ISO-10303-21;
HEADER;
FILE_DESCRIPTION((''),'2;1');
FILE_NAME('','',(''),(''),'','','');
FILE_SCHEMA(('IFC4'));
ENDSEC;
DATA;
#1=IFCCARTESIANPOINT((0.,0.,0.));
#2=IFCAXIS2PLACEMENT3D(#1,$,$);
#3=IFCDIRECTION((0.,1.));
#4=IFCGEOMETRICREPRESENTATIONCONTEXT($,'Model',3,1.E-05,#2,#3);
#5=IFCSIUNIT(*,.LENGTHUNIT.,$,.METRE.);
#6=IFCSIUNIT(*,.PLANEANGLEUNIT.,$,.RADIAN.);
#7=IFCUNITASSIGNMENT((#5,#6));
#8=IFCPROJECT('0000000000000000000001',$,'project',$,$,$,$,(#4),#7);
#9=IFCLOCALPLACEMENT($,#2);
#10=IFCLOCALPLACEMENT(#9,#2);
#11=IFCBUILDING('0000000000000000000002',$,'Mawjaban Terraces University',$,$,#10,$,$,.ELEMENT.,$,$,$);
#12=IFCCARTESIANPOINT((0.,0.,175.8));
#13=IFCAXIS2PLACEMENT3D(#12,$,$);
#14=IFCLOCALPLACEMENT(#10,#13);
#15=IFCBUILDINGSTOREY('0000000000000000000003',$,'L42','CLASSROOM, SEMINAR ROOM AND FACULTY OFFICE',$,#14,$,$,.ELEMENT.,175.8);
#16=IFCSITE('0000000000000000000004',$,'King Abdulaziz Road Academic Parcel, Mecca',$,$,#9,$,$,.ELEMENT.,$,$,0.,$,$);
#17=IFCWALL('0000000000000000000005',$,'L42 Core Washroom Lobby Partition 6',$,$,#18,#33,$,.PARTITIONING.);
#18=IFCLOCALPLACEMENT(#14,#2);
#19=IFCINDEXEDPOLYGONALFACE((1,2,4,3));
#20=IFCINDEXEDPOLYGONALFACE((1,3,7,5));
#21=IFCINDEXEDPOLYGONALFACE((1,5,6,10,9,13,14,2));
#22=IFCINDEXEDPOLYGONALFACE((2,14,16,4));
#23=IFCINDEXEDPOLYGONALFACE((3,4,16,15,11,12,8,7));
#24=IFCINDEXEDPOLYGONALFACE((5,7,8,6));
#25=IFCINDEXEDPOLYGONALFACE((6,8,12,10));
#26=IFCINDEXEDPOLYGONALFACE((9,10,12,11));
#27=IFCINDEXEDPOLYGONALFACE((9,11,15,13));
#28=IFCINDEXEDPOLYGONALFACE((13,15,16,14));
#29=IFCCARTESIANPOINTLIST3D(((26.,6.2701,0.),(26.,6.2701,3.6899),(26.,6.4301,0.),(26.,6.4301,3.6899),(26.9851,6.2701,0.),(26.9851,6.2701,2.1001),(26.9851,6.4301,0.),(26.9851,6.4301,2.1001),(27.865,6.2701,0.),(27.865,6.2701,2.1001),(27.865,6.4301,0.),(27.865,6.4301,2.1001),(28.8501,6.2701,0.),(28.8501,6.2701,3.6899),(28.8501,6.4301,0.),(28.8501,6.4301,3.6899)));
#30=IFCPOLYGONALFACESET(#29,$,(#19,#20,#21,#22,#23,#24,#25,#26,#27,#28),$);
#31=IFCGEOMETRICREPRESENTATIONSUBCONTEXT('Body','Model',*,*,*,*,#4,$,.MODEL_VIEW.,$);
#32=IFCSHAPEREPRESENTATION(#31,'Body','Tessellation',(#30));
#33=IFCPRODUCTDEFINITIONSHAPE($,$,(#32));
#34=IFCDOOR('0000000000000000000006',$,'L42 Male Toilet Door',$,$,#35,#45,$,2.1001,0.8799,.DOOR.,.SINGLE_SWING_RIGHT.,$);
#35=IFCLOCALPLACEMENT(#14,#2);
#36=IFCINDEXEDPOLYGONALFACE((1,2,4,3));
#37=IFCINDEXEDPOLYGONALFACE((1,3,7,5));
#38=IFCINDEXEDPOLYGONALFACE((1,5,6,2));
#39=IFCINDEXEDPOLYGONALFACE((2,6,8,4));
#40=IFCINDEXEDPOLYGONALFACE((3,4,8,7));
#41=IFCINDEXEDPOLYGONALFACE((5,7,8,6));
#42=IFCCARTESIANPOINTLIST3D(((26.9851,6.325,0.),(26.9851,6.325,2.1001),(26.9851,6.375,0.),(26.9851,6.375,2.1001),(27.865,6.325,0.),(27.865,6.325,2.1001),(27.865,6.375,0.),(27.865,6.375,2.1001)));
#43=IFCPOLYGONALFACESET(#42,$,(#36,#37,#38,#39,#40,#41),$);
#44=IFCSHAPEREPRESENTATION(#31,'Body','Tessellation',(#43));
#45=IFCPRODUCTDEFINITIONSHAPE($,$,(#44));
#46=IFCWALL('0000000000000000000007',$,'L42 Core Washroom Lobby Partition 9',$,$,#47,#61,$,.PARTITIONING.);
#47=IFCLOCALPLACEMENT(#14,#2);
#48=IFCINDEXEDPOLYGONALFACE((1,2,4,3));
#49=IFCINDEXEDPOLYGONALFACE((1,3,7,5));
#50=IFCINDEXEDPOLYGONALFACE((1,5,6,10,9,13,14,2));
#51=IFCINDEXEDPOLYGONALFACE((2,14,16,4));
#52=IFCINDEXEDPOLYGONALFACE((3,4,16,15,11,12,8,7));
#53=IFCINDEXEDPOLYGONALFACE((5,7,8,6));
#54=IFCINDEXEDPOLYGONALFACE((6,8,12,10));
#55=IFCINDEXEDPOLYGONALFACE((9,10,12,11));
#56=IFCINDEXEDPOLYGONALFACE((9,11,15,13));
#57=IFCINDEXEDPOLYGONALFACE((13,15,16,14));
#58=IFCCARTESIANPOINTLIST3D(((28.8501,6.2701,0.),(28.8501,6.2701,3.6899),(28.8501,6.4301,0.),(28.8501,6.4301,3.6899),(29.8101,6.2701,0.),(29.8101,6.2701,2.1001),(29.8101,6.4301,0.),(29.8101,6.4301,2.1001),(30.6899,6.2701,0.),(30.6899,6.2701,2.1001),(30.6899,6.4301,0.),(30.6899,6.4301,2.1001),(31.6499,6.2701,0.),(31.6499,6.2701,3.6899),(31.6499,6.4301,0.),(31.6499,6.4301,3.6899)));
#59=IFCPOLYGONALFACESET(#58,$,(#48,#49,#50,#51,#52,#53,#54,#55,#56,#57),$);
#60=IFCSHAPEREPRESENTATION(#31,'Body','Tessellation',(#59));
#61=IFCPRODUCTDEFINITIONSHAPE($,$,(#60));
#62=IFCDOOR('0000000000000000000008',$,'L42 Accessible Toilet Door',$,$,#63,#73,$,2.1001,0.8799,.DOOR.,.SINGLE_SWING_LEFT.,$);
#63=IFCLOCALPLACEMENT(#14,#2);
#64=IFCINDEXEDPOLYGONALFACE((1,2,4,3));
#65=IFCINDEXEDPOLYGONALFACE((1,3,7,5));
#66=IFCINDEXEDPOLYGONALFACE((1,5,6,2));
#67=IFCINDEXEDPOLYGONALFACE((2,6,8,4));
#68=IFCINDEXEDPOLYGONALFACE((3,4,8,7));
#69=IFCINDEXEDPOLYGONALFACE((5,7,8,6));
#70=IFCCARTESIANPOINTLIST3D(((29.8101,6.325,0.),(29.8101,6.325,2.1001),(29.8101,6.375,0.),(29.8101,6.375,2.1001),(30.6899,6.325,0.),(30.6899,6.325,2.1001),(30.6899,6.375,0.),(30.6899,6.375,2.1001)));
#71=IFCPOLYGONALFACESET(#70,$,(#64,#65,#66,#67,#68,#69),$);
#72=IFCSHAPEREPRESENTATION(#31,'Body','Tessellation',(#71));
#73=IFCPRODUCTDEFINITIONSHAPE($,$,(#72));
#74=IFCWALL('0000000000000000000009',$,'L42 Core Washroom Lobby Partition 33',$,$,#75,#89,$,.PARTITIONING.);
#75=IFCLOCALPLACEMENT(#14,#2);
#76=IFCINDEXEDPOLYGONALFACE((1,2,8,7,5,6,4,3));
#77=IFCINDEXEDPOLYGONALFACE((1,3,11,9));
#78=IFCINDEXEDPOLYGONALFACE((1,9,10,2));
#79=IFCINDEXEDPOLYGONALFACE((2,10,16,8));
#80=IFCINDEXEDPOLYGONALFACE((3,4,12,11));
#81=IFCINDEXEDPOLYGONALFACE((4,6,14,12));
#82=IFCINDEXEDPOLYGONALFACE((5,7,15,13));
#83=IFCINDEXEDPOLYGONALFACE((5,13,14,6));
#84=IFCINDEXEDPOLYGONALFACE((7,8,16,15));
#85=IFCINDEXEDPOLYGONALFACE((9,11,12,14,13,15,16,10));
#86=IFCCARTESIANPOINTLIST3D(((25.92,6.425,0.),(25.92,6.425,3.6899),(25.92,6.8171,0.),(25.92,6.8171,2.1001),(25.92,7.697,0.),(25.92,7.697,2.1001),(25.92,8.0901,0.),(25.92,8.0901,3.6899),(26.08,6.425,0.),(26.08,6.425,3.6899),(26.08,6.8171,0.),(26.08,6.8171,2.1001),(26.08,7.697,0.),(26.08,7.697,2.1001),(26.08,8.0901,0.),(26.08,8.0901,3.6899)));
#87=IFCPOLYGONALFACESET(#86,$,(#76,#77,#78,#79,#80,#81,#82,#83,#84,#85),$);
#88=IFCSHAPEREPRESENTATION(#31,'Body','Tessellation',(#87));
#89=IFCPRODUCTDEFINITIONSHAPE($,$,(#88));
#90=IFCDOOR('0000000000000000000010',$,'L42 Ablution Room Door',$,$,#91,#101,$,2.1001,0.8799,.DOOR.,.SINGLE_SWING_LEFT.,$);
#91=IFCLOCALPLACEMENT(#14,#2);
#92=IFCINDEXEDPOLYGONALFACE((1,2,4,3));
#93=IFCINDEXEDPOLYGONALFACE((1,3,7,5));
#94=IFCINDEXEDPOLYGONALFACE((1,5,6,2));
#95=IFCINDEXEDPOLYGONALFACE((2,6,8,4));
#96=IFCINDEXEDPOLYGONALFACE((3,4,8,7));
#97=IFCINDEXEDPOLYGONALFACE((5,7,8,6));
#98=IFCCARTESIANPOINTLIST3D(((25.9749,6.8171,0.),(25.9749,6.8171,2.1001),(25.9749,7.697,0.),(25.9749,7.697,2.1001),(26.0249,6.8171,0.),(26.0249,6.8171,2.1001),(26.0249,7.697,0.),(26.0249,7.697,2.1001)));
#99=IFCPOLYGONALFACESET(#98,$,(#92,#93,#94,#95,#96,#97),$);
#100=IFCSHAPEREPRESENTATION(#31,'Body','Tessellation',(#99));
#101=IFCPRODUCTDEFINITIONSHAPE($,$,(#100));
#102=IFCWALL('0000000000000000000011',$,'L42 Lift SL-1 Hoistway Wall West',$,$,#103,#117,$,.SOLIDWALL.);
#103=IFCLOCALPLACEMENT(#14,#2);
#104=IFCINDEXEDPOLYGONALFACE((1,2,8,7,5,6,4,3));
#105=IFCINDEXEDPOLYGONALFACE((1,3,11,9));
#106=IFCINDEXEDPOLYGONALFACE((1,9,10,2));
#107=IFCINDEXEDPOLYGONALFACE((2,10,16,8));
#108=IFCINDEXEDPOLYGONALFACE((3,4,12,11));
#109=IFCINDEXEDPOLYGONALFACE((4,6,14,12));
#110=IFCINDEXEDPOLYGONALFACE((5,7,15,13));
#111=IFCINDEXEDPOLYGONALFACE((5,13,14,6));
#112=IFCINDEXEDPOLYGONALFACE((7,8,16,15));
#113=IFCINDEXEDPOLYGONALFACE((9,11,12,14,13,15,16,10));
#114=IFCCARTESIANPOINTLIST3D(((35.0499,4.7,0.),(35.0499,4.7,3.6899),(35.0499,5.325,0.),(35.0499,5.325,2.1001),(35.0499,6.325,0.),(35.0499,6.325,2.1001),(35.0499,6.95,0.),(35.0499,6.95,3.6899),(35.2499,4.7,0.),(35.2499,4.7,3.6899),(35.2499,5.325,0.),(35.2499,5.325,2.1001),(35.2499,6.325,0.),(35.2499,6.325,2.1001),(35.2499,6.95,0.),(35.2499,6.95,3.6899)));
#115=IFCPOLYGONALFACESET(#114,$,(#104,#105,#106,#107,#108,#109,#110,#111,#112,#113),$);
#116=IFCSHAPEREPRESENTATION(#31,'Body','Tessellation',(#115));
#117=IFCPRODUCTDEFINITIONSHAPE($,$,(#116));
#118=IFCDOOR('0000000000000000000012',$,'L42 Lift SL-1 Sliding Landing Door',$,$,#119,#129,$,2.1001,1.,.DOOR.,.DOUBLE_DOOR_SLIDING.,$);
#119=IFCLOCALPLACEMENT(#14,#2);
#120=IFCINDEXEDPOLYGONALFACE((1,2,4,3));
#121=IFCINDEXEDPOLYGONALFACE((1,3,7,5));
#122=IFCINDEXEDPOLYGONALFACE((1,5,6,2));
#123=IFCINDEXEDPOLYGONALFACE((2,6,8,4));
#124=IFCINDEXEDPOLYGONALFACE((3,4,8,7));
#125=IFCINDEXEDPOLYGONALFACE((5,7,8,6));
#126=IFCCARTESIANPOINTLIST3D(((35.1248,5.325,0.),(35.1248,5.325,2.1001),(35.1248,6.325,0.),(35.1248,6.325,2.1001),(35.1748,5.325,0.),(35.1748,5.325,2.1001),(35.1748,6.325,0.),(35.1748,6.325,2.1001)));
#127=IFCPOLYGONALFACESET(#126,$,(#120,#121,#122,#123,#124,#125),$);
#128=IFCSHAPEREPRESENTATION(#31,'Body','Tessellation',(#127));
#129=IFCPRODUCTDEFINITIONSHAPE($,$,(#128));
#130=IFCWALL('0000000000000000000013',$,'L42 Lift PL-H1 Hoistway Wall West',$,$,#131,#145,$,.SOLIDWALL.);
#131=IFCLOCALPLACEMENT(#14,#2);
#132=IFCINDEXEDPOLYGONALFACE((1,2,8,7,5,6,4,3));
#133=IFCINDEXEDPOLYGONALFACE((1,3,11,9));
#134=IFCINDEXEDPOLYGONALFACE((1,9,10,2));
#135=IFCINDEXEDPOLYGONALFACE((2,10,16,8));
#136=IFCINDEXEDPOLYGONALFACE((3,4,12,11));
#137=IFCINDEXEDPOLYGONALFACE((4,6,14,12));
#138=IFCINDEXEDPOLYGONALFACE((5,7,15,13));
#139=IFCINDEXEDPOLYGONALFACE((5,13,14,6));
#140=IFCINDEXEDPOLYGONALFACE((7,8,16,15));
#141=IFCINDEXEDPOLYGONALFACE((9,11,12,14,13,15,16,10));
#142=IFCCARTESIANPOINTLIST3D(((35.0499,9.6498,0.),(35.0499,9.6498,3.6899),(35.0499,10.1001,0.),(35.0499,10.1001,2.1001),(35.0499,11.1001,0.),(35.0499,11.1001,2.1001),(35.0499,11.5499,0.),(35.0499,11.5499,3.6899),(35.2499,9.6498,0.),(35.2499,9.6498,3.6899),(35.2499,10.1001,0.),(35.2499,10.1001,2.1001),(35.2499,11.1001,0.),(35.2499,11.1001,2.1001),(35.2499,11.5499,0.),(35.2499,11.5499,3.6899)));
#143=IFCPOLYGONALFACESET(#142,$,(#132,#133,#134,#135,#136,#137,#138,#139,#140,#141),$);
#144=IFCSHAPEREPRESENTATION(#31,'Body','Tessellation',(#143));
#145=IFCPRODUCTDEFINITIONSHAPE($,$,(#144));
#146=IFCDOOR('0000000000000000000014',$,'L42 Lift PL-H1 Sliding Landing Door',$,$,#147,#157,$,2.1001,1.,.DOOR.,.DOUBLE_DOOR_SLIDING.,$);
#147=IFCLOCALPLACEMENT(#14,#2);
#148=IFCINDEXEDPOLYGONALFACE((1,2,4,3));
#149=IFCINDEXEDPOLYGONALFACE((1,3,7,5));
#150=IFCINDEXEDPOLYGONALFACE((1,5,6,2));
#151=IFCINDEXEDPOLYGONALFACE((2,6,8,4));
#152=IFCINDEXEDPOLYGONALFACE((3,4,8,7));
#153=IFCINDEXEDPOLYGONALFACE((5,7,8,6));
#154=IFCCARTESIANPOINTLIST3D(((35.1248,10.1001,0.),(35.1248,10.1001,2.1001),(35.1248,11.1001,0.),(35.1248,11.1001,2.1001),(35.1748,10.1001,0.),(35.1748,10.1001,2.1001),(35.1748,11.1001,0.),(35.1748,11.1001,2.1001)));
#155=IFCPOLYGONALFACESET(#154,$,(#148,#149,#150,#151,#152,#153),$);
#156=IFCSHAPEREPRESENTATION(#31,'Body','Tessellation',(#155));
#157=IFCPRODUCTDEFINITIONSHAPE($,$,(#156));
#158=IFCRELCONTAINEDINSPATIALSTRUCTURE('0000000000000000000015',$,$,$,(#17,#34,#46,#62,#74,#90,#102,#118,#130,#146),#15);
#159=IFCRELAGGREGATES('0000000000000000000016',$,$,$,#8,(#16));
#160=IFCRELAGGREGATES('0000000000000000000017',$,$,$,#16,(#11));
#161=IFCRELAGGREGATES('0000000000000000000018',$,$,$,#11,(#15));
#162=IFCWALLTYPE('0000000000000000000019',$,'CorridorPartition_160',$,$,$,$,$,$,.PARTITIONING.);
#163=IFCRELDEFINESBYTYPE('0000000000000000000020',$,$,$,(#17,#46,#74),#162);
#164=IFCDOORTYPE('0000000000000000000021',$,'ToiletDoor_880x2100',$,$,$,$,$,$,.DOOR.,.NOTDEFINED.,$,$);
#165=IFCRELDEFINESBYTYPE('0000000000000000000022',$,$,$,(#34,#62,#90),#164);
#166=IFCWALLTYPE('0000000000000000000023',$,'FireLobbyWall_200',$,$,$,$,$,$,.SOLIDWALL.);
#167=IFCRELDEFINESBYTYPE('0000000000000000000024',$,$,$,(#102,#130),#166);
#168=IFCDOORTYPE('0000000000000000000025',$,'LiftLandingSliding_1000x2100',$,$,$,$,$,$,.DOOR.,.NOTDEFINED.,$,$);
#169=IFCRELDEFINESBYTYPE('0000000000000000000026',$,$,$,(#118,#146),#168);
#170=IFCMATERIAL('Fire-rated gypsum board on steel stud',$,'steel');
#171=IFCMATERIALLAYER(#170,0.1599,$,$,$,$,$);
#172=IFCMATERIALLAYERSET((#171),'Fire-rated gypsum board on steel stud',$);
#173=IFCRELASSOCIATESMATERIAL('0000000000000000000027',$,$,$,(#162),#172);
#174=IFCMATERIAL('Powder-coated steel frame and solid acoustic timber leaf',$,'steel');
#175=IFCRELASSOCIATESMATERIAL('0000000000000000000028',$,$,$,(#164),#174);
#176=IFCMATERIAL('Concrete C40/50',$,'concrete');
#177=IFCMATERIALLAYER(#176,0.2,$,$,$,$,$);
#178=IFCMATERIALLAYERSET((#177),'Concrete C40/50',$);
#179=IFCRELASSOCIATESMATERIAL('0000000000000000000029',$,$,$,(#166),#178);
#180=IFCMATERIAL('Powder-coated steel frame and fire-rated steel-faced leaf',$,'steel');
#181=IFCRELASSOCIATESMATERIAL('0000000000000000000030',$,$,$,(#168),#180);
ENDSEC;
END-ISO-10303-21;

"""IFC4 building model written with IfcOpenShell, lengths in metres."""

from ifc_helpers import new_model, si_unit, direction, frame, frame_2d, origin, place, context, subcontext, project, spatial, rectangle, extrude, material, layer, layer_set, type_object, element, fill, save


model = new_model("IFC4")

# Units and contexts
model_context = context("Model", 3, precision=1e-05, world=origin(), true_north=direction((0.0, 1.0)))
body_context = subcontext(model_context, "Body", "Model", "MODEL_VIEW")
ifc_project = project(units=[si_unit("LENGTHUNIT", "METRE"), si_unit("PLANEANGLEUNIT", "RADIAN")], contexts=[model_context])

# Site, building, storey
site_placement = place(None, origin())
site = spatial("IfcSite", under=ifc_project, at=site_placement, Name="King Abdulaziz Road Academic Parcel, Mecca", CompositionType="ELEMENT", RefElevation=0.0)
building_placement = place(site_placement, origin())
building = spatial("IfcBuilding", under=site, at=building_placement, Name="Mawjaban Terraces University", CompositionType="ELEMENT")
storey_placement = place(building_placement, frame((0.0, 0.0, 175.8)))
storey = spatial("IfcBuildingStorey", under=building, at=storey_placement, Name="L42", Description="CLASSROOM, SEMINAR ROOM AND FACULTY OFFICE", CompositionType="ELEMENT", Elevation=175.8)

# Walls, openings, doors
ifc_material_1 = material(Name="Fire-rated gypsum board on steel stud", Category="steel")
ifc_layer_1 = layer(ifc_material_1, 0.1599)
ifc_layer_set_1 = layer_set([ifc_layer_1], Name="Fire-rated gypsum board on steel stud")
wall_type_1 = type_object("IfcWallType", Name="CorridorPartition_160", PredefinedType="PARTITIONING", material=ifc_layer_set_1)
wall_1_placement = place(storey_placement, frame((26.0, 6.3501, 0.0), z_axis=(0.0, 0.0, 1.0), x_axis=(1.0, 0.0, 0.0)))
wall_1 = element("IfcWall", 1, at=wall_1_placement, inside=storey, type_object=wall_type_1, Name="L42 Core Washroom Lobby Partition 6", PredefinedType="PARTITIONING", context=body_context, shape_type="SweptSolid", body=[
    extrude(rectangle(XDim=2.8501, YDim=0.1599, at=frame_2d((1.425, 0.0))), origin(), (0.0, 0.0, 1.0), 3.6899),
])
opening_1_placement = place(wall_1_placement, frame((0.9851, 0.0, 0.0)))
opening_1 = element("IfcOpeningElement", 2, at=opening_1_placement, cuts=wall_1, PredefinedType="OPENING", context=body_context, shape_type="SweptSolid", body=[
    extrude(rectangle(XDim=0.8799, YDim=2.1001, at=frame_2d((0.4399, 1.05))), frame((0.0, 0.0898, 0.0), z_axis=(0.0, -1.0, 0.0), x_axis=(1.0, 0.0, 0.0)), (0.0, 0.0, 1.0), 0.1799),
])
ifc_material_2 = material(Name="Powder-coated steel frame and solid acoustic timber leaf", Category="steel")
door_type_1 = type_object("IfcDoorType", Name="ToiletDoor_880x2100", OperationType="NOTDEFINED", PredefinedType="DOOR", material=ifc_material_2)
door_1_placement = place(opening_1_placement, origin())
door_1 = element("IfcDoor", 3, at=door_1_placement, inside=storey, type_object=door_type_1, Name="L42 Male Toilet Door", OperationType="SINGLE_SWING_RIGHT", OverallHeight=2.1001, OverallWidth=0.8799, PredefinedType="DOOR", context=body_context, shape_type="SweptSolid", body=[
    extrude(rectangle(XDim=0.8799, YDim=2.1001, at=frame_2d((0.4399, 1.05))), frame((0.0, 0.0249, 0.0), z_axis=(0.0, -1.0, 0.0), x_axis=(1.0, 0.0, 0.0)), (0.0, 0.0, 1.0), 0.05),
])
fill(opening_1, door_1)
wall_2_placement = place(storey_placement, frame((28.8501, 6.3501, 0.0), z_axis=(0.0, 0.0, 1.0), x_axis=(1.0, 0.0, 0.0)))
wall_2 = element("IfcWall", 4, at=wall_2_placement, inside=storey, type_object=wall_type_1, Name="L42 Core Washroom Lobby Partition 9", PredefinedType="PARTITIONING", context=body_context, shape_type="SweptSolid", body=[
    extrude(rectangle(XDim=2.7998, YDim=0.1599, at=frame_2d((1.3999, 0.0))), origin(), (0.0, 0.0, 1.0), 3.6899),
])
opening_2_placement = place(wall_2_placement, frame((0.96, 0.0, 0.0)))
opening_2 = element("IfcOpeningElement", 5, at=opening_2_placement, cuts=wall_2, PredefinedType="OPENING", context=body_context, shape_type="SweptSolid", body=[
    extrude(rectangle(XDim=0.8799, YDim=2.1001, at=frame_2d((0.4399, 1.05))), frame((0.0, 0.0898, 0.0), z_axis=(0.0, -1.0, 0.0), x_axis=(1.0, 0.0, 0.0)), (0.0, 0.0, 1.0), 0.1799),
])
door_2_placement = place(opening_2_placement, origin())
door_2 = element("IfcDoor", 6, at=door_2_placement, inside=storey, type_object=door_type_1, Name="L42 Accessible Toilet Door", OperationType="SINGLE_SWING_LEFT", OverallHeight=2.1001, OverallWidth=0.8799, PredefinedType="DOOR", context=body_context, shape_type="SweptSolid", body=[
    extrude(rectangle(XDim=0.8799, YDim=2.1001, at=frame_2d((0.4399, 1.05))), frame((0.0, 0.0249, 0.0), z_axis=(0.0, -1.0, 0.0), x_axis=(1.0, 0.0, 0.0)), (0.0, 0.0, 1.0), 0.05),
])
fill(opening_2, door_2)
wall_3_placement = place(storey_placement, frame((26.0, 8.0901, 0.0), z_axis=(0.0, 0.0, 1.0), x_axis=(0.0, -1.0, 0.0)))
wall_3 = element("IfcWall", 7, at=wall_3_placement, inside=storey, type_object=wall_type_1, Name="L42 Core Washroom Lobby Partition 33", PredefinedType="PARTITIONING", context=body_context, shape_type="SweptSolid", body=[
    extrude(rectangle(XDim=1.665, YDim=0.1599, at=frame_2d((0.8325, 0.0))), origin(), (0.0, 0.0, 1.0), 3.6899),
])
opening_3_placement = place(wall_3_placement, frame((0.3931, 0.0, 0.0)))
opening_3 = element("IfcOpeningElement", 8, at=opening_3_placement, cuts=wall_3, PredefinedType="OPENING", context=body_context, shape_type="SweptSolid", body=[
    extrude(rectangle(XDim=0.8799, YDim=2.1001, at=frame_2d((0.4399, 1.05))), frame((0.0, 0.0898, 0.0), z_axis=(0.0, -1.0, 0.0), x_axis=(1.0, 0.0, 0.0)), (0.0, 0.0, 1.0), 0.1799),
])
door_3_placement = place(opening_3_placement, origin())
door_3 = element("IfcDoor", 9, at=door_3_placement, inside=storey, type_object=door_type_1, Name="L42 Ablution Room Door", OperationType="SINGLE_SWING_LEFT", OverallHeight=2.1001, OverallWidth=0.8799, PredefinedType="DOOR", context=body_context, shape_type="SweptSolid", body=[
    extrude(rectangle(XDim=0.8799, YDim=2.1001, at=frame_2d((0.4399, 1.05))), frame((0.0, 0.0249, 0.0), z_axis=(0.0, -1.0, 0.0), x_axis=(1.0, 0.0, 0.0)), (0.0, 0.0, 1.0), 0.05),
])
fill(opening_3, door_3)
ifc_material_3 = material(Name="Concrete C40/50", Category="concrete")
ifc_layer_2 = layer(ifc_material_3, 0.2)
ifc_layer_set_2 = layer_set([ifc_layer_2], Name="Concrete C40/50")
wall_type_2 = type_object("IfcWallType", Name="FireLobbyWall_200", PredefinedType="SOLIDWALL", material=ifc_layer_set_2)
wall_4_placement = place(storey_placement, frame((35.1499, 6.95, 0.0), z_axis=(0.0, 0.0, 1.0), x_axis=(0.0, -1.0, 0.0)))
wall_4 = element("IfcWall", 10, at=wall_4_placement, inside=storey, type_object=wall_type_2, Name="L42 Lift SL-1 Hoistway Wall West", PredefinedType="SOLIDWALL", context=body_context, shape_type="SweptSolid", body=[
    extrude(rectangle(XDim=2.25, YDim=0.2, at=frame_2d((1.125, 0.0))), origin(), (0.0, 0.0, 1.0), 3.6899),
])
opening_4_placement = place(wall_4_placement, frame((0.625, 0.0, 0.0)))
opening_4 = element("IfcOpeningElement", 11, at=opening_4_placement, cuts=wall_4, PredefinedType="OPENING", context=body_context, shape_type="SweptSolid", body=[
    extrude(rectangle(XDim=1.0, YDim=2.1001, at=frame_2d((0.5, 1.05))), frame((0.0, 0.1099, 0.0), z_axis=(0.0, -1.0, 0.0), x_axis=(1.0, 0.0, 0.0)), (0.0, 0.0, 1.0), 0.22),
])
ifc_material_4 = material(Name="Powder-coated steel frame and fire-rated steel-faced leaf", Category="steel")
door_type_2 = type_object("IfcDoorType", Name="LiftLandingSliding_1000x2100", OperationType="NOTDEFINED", PredefinedType="DOOR", material=ifc_material_4)
door_4_placement = place(opening_4_placement, origin())
door_4 = element("IfcDoor", 12, at=door_4_placement, inside=storey, type_object=door_type_2, Name="L42 Lift SL-1 Sliding Landing Door", OperationType="DOUBLE_DOOR_SLIDING", OverallHeight=2.1001, OverallWidth=1.0, PredefinedType="DOOR", context=body_context, shape_type="SweptSolid", body=[
    extrude(rectangle(XDim=1.0, YDim=2.1001, at=frame_2d((0.5, 1.05))), frame((0.0, 0.0249, 0.0), z_axis=(0.0, -1.0, 0.0), x_axis=(1.0, 0.0, 0.0)), (0.0, 0.0, 1.0), 0.05),
])
fill(opening_4, door_4)
wall_5_placement = place(storey_placement, frame((35.1499, 11.55, 0.0), z_axis=(0.0, 0.0, 1.0), x_axis=(0.0, -1.0, 0.0)))
wall_5 = element("IfcWall", 13, at=wall_5_placement, inside=storey, type_object=wall_type_2, Name="L42 Lift PL-H1 Hoistway Wall West", PredefinedType="SOLIDWALL", context=body_context, shape_type="SweptSolid", body=[
    extrude(rectangle(XDim=1.9001, YDim=0.2, at=frame_2d((0.9502, 0.0))), origin(), (0.0, 0.0, 1.0), 3.6899),
])
opening_5_placement = place(wall_5_placement, frame((0.45, 0.0, 0.0)))
opening_5 = element("IfcOpeningElement", 14, at=opening_5_placement, cuts=wall_5, PredefinedType="OPENING", context=body_context, shape_type="SweptSolid", body=[
    extrude(rectangle(XDim=1.0, YDim=2.1001, at=frame_2d((0.5, 1.05))), frame((0.0, 0.1099, 0.0), z_axis=(0.0, -1.0, 0.0), x_axis=(1.0, 0.0, 0.0)), (0.0, 0.0, 1.0), 0.22),
])
door_5_placement = place(opening_5_placement, origin())
door_5 = element("IfcDoor", 15, at=door_5_placement, inside=storey, type_object=door_type_2, Name="L42 Lift PL-H1 Sliding Landing Door", OperationType="DOUBLE_DOOR_SLIDING", OverallHeight=2.1001, OverallWidth=1.0, PredefinedType="DOOR", context=body_context, shape_type="SweptSolid", body=[
    extrude(rectangle(XDim=1.0, YDim=2.1001, at=frame_2d((0.5, 1.05))), frame((0.0, 0.0249, 0.0), z_axis=(0.0, -1.0, 0.0), x_axis=(1.0, 0.0, 0.0)), (0.0, 0.0, 1.0), 0.05),
])
fill(opening_5, door_5)

save(model, "model.ifc")
